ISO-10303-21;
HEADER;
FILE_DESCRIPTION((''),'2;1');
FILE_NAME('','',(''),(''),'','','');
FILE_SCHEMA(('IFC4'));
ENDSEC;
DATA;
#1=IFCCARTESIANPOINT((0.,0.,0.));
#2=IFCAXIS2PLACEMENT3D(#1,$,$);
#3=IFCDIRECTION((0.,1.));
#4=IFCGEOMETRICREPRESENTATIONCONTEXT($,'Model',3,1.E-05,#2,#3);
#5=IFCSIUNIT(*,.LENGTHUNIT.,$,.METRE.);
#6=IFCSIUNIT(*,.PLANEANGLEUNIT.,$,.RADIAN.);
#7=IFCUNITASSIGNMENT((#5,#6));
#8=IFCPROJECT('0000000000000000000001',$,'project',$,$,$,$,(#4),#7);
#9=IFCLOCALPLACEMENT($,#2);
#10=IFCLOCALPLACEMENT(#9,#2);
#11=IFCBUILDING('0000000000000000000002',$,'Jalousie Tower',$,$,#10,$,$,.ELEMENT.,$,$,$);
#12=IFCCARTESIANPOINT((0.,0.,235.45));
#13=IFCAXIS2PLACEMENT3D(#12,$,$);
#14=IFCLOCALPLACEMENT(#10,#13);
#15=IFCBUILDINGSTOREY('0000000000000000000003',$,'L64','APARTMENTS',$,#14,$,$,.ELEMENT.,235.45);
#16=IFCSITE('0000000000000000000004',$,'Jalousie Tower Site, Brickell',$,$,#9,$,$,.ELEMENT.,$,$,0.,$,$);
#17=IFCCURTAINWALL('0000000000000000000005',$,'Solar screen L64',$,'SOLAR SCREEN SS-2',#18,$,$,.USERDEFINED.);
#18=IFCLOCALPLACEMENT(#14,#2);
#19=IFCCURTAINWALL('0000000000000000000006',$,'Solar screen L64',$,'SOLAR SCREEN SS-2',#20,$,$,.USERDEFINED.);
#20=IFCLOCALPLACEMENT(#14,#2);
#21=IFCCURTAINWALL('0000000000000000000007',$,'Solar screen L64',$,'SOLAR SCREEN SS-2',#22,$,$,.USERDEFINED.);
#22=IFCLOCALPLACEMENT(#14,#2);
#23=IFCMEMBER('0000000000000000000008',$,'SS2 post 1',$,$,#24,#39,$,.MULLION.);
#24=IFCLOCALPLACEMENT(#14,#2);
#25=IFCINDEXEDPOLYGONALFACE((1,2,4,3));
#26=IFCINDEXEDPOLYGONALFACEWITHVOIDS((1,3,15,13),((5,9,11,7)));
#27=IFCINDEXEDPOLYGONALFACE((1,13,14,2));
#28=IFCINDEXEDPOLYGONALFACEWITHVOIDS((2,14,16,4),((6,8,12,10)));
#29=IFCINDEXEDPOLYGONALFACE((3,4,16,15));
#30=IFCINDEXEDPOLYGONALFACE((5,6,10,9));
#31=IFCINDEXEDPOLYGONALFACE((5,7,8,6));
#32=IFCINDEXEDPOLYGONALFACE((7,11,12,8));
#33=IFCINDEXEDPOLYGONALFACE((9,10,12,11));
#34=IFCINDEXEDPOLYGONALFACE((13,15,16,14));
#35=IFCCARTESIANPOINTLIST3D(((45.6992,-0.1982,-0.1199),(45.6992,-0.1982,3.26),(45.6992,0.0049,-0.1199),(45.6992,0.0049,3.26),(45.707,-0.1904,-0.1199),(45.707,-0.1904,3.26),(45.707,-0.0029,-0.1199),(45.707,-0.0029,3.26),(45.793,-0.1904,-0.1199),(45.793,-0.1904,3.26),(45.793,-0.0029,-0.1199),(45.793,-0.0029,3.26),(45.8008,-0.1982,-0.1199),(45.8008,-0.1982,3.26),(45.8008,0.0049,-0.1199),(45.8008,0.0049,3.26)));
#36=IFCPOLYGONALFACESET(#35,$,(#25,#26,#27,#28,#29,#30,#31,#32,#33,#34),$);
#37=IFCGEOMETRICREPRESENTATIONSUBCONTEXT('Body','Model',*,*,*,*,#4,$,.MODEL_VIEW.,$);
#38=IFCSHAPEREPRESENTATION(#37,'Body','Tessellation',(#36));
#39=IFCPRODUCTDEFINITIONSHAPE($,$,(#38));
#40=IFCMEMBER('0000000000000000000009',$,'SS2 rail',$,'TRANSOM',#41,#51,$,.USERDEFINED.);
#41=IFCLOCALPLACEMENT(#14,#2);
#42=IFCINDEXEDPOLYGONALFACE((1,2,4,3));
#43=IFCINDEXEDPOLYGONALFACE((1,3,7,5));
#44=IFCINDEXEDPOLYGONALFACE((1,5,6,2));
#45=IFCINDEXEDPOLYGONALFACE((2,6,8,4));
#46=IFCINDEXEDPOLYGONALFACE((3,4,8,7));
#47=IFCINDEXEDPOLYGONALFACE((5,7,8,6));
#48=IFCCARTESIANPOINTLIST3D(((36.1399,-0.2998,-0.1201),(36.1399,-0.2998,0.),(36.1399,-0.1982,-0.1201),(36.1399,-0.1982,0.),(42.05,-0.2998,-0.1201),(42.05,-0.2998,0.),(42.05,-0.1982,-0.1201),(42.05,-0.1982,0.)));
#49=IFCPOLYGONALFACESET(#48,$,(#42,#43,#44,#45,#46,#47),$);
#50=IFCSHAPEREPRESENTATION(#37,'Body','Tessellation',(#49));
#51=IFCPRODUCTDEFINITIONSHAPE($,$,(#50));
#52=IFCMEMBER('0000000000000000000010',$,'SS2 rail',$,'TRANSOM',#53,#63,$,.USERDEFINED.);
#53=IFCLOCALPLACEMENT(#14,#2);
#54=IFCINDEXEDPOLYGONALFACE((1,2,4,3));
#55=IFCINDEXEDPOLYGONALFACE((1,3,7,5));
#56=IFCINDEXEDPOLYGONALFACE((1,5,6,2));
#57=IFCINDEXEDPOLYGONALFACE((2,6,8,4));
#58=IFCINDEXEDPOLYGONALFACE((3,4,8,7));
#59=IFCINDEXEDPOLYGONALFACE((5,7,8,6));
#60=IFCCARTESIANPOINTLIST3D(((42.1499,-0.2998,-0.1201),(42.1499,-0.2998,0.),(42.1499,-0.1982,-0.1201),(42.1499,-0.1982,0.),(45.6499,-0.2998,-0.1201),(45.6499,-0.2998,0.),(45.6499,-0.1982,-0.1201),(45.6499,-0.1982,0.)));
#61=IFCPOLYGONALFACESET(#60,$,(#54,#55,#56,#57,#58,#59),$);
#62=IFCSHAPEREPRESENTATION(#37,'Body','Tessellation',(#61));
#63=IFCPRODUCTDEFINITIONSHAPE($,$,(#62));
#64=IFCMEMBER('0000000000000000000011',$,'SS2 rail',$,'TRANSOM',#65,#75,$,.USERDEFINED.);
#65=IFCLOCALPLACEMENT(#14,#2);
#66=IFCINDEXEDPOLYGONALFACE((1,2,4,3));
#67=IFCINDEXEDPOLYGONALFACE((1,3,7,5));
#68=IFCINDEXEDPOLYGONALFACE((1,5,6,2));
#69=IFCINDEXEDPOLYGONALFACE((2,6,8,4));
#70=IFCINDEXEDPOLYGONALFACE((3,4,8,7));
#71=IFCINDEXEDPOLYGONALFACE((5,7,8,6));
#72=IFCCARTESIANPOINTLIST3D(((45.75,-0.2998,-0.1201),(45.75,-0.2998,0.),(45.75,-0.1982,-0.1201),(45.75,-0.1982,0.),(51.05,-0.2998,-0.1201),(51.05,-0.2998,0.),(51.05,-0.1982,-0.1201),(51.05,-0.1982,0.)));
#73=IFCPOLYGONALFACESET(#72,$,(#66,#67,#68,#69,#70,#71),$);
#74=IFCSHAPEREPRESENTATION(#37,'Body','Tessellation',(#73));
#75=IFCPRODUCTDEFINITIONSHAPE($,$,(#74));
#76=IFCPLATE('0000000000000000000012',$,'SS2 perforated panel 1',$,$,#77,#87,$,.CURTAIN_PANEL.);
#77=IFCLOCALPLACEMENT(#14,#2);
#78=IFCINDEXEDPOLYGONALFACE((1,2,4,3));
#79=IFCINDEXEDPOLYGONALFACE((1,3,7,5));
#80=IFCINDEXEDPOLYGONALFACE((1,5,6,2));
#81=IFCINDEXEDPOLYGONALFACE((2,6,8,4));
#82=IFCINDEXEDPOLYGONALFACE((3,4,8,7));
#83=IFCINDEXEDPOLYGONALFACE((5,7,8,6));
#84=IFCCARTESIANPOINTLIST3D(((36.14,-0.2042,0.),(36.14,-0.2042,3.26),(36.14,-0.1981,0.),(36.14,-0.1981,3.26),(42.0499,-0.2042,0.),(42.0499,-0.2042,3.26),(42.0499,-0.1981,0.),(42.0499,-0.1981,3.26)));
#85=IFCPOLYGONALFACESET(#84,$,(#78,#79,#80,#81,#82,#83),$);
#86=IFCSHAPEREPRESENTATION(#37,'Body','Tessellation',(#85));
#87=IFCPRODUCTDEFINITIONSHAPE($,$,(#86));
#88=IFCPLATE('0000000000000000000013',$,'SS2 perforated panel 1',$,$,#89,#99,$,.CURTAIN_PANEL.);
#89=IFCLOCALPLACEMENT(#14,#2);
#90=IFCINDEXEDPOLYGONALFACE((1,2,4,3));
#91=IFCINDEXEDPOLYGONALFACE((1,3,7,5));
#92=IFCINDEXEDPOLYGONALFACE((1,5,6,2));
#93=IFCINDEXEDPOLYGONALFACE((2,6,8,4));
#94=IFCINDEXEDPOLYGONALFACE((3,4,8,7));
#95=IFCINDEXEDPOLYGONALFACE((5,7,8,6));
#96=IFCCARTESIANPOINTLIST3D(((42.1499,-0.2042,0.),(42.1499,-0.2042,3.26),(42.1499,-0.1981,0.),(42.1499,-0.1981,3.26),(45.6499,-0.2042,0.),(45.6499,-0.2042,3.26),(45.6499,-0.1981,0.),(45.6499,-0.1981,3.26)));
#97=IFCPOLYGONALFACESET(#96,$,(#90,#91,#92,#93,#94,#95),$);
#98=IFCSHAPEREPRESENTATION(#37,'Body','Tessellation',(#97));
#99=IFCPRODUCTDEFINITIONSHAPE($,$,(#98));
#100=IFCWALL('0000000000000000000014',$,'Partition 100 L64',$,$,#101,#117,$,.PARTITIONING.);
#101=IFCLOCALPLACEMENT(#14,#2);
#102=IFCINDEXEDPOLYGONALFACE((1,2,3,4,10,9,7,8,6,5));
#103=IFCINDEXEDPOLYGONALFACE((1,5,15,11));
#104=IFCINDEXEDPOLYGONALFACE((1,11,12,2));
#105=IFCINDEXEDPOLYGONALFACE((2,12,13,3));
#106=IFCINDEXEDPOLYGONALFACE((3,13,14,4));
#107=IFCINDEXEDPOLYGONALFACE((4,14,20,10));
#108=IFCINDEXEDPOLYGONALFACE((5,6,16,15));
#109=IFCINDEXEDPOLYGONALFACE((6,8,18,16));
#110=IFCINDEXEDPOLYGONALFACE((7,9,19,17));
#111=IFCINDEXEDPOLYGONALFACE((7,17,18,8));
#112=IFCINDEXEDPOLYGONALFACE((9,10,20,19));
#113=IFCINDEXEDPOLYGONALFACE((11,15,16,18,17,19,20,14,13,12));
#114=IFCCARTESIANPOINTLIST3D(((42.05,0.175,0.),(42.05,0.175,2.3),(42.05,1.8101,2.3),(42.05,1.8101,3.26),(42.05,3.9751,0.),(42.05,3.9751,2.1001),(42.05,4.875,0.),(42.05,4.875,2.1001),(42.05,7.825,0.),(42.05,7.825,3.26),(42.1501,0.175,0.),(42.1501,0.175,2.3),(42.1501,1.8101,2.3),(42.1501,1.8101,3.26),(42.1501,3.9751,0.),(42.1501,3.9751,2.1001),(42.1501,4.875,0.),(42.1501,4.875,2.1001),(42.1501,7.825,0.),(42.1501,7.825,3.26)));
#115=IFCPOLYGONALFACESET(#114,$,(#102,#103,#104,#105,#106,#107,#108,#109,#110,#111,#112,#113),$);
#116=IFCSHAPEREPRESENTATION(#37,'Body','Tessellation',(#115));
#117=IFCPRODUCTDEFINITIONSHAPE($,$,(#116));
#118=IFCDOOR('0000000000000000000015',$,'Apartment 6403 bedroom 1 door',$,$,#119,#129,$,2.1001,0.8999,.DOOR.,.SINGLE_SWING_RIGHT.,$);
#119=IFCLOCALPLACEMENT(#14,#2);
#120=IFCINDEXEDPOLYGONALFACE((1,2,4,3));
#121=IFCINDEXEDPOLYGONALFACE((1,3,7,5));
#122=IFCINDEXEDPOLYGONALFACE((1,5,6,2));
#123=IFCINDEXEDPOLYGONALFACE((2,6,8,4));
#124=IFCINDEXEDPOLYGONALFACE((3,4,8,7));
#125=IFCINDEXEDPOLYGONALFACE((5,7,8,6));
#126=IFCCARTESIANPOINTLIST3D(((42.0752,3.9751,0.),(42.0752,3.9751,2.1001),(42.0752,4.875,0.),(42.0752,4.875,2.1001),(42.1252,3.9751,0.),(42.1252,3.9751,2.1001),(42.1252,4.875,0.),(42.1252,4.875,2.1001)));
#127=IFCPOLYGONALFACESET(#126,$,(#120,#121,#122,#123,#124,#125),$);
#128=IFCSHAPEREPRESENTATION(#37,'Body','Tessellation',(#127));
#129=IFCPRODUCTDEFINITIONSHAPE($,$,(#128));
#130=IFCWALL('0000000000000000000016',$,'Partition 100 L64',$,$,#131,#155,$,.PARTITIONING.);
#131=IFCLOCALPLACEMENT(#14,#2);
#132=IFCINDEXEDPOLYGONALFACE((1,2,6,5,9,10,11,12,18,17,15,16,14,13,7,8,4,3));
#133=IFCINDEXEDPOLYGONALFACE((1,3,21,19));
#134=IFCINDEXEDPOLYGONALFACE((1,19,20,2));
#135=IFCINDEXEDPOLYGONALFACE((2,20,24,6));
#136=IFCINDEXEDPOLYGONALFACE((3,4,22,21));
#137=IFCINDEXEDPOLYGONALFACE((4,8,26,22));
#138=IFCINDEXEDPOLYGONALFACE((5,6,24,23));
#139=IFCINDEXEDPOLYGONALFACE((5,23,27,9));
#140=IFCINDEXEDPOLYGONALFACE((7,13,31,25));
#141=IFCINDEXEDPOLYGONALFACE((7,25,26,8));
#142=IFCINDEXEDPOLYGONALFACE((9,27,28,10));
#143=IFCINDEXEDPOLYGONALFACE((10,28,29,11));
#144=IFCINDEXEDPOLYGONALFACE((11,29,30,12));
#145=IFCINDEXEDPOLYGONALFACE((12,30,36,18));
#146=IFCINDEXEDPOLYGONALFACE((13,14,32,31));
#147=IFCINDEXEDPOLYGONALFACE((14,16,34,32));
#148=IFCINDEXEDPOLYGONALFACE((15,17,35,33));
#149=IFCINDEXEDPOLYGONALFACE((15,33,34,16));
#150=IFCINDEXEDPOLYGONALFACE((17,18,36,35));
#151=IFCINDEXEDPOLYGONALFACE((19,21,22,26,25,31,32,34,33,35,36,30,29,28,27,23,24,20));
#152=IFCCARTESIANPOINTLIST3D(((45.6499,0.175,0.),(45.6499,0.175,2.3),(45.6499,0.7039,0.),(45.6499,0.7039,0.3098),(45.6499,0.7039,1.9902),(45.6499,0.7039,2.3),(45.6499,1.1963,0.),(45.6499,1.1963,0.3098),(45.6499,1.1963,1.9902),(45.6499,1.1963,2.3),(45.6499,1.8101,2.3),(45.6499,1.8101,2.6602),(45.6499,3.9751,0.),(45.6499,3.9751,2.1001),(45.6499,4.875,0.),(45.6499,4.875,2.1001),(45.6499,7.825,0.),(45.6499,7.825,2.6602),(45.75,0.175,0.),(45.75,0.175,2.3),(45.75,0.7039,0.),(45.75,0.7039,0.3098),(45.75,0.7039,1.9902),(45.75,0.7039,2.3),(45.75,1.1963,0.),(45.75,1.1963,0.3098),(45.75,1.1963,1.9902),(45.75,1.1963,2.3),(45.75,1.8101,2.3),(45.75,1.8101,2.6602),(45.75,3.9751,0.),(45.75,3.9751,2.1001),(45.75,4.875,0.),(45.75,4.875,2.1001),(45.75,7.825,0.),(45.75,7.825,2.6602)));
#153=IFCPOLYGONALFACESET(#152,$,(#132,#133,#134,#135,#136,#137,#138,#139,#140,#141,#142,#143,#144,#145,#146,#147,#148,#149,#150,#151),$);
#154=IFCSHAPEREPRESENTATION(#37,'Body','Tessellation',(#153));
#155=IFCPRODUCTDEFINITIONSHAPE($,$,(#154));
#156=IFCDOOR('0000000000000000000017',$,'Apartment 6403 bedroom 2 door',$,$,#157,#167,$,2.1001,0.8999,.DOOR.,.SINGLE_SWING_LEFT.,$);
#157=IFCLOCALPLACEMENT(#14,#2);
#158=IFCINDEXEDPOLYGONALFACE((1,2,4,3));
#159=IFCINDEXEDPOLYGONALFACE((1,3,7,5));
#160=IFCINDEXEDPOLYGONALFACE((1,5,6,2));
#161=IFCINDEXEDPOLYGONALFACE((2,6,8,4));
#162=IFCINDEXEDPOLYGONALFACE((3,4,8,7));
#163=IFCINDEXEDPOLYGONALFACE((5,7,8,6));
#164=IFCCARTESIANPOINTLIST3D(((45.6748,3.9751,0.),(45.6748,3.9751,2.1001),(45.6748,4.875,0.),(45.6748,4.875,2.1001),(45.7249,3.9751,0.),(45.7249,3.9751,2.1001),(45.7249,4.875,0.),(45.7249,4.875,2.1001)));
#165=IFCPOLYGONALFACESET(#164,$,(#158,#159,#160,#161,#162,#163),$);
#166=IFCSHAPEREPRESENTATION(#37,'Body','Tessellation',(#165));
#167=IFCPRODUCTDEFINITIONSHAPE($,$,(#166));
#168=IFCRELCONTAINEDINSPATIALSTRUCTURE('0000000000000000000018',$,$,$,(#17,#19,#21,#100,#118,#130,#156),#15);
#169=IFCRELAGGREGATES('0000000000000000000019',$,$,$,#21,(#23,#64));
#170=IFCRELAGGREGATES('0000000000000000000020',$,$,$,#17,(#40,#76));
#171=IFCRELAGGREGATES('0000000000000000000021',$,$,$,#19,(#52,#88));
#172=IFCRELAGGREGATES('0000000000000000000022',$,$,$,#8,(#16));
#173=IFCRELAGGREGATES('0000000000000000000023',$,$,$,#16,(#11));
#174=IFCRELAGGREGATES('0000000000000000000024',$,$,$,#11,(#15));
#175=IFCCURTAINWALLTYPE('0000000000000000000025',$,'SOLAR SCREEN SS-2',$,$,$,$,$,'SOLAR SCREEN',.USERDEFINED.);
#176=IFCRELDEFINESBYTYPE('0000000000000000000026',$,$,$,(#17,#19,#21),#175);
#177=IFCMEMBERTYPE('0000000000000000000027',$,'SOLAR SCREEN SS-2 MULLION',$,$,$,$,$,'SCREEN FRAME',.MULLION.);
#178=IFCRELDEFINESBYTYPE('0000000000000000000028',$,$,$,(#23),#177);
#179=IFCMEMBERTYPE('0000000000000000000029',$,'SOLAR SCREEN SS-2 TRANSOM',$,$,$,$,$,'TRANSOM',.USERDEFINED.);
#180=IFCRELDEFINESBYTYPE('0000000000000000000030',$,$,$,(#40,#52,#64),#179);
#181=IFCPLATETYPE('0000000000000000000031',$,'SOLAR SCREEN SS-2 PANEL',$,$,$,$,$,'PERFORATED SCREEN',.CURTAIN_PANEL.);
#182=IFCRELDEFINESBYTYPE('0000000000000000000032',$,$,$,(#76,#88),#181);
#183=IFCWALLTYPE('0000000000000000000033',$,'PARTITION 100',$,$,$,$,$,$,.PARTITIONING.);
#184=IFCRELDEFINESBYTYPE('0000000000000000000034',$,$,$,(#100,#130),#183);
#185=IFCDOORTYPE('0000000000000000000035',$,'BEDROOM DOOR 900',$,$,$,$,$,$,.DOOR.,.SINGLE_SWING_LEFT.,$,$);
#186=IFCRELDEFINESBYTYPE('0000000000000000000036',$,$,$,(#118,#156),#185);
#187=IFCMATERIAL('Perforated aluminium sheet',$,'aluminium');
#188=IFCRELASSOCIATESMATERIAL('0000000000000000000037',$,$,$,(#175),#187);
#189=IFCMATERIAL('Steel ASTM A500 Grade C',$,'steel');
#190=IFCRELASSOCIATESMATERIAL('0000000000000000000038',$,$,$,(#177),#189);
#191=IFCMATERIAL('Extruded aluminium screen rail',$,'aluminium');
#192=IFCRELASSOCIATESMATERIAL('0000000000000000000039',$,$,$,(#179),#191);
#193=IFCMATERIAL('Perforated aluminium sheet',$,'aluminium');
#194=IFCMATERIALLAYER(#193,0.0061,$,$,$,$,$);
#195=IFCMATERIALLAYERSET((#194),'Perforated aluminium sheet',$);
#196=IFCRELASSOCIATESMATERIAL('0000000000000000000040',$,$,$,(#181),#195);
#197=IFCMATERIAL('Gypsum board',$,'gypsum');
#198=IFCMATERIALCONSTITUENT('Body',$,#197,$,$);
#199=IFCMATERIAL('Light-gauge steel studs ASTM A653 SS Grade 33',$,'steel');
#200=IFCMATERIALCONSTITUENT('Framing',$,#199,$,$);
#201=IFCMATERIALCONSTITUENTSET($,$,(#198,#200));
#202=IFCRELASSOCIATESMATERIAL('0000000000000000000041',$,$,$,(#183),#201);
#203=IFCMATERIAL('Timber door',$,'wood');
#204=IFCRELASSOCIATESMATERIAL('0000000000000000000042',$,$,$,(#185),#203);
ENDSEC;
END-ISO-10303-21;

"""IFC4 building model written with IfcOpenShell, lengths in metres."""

from ifc_helpers import new_model, si_unit, direction, frame, frame_2d, origin, origin_2d, place, context, subcontext, project, spatial, polyline, rectangle, hollow_rectangle, outline, extrude, material, layer, layer_set, constituent, constituent_set, material_profile, profile_set, type_object, element, fill, aggregate, save


model = new_model("IFC4")

# Units and contexts
model_context = context("Model", 3, precision=1e-05, world=origin(), true_north=direction((0.0, 1.0)))
body_context = subcontext(model_context, "Body", "Model", "MODEL_VIEW")
ifc_project = project(units=[si_unit("LENGTHUNIT", "METRE"), si_unit("PLANEANGLEUNIT", "RADIAN")], contexts=[model_context])

# Site, building, storey
site_placement = place(None, origin())
site = spatial("IfcSite", under=ifc_project, at=site_placement, Name="Jalousie Tower Site, Brickell", CompositionType="ELEMENT", RefElevation=0.0)
building_placement = place(site_placement, origin())
building = spatial("IfcBuilding", under=site, at=building_placement, Name="Jalousie Tower", CompositionType="ELEMENT")
storey_placement = place(building_placement, frame((0.0, 0.0, 235.45)))
storey = spatial("IfcBuildingStorey", under=building, at=storey_placement, Name="L64", Description="APARTMENTS", CompositionType="ELEMENT", Elevation=235.45)

# Curtain walls
ifc_material_1 = material(Name="Perforated aluminium sheet", Category="aluminium")
curtain_wall_type = type_object("IfcCurtainWallType", Name="SOLAR SCREEN SS-2", ElementType="SOLAR SCREEN", PredefinedType="USERDEFINED", material=ifc_material_1)
curtain_wall_1_placement = place(storey_placement, origin())
curtain_wall_1 = element("IfcCurtainWall", 1, at=curtain_wall_1_placement, inside=storey, type_object=curtain_wall_type, Name="Solar screen L64", ObjectType="SOLAR SCREEN SS-2", PredefinedType="USERDEFINED")
ifc_material_2 = material(Name="Steel ASTM A500 Grade C", Category="steel")
ifc_material_profile_1 = material_profile(ifc_material_2, hollow_rectangle(XDim=0.1016, YDim=0.2031, WallThickness=0.0078, at=origin_2d()), Name="HSS8X4X5/16")
ifc_profile_set_1 = profile_set([ifc_material_profile_1], Name="Steel ASTM A500 Grade C")
member_type_1 = type_object("IfcMemberType", Name="SOLAR SCREEN SS-2 MULLION", ElementType="SCREEN FRAME", PredefinedType="MULLION", material=ifc_profile_set_1)
curtain_wall_2_placement = place(storey_placement, origin())
curtain_wall_2 = element("IfcCurtainWall", 2, at=curtain_wall_2_placement, inside=storey, type_object=curtain_wall_type, Name="Solar screen L64", ObjectType="SOLAR SCREEN SS-2", PredefinedType="USERDEFINED")

# Curtain wall, member
curtain_wall_3_placement = place(storey_placement, origin())
curtain_wall_3 = element("IfcCurtainWall", 3, at=curtain_wall_3_placement, inside=storey, type_object=curtain_wall_type, Name="Solar screen L64", ObjectType="SOLAR SCREEN SS-2", PredefinedType="USERDEFINED")
member_1_placement = place(storey_placement, frame((45.75, -0.0967, -0.1199), z_axis=(0.0, 0.0, 1.0), x_axis=(1.0, 0.0, 0.0)))
member_1 = element("IfcMember", 4, at=member_1_placement, type_object=member_type_1, Name="SS2 post 1", PredefinedType="MULLION", context=body_context, shape_type="SweptSolid", body=[
    extrude(hollow_rectangle(XDim=0.1016, YDim=0.2031, WallThickness=0.0078, at=origin_2d()), origin(), (0.0, 0.0, 1.0), 3.3799),
])

# Members
ifc_material_3 = material(Name="Extruded aluminium screen rail", Category="aluminium")
ifc_material_profile_2 = material_profile(ifc_material_3, rectangle(XDim=0.1016, YDim=0.1201, at=origin_2d()), Name="RAIL 102x120")
ifc_profile_set_2 = profile_set([ifc_material_profile_2], Name="Extruded aluminium screen rail")
member_type_2 = type_object("IfcMemberType", Name="SOLAR SCREEN SS-2 TRANSOM", ElementType="TRANSOM", PredefinedType="USERDEFINED", material=ifc_profile_set_2)
member_2_placement = place(storey_placement, frame((36.1399, -0.249, -0.0601), z_axis=(1.0, 0.0, 0.0), x_axis=(0.0, 1.0, 0.0)))
member_2 = element("IfcMember", 5, at=member_2_placement, type_object=member_type_2, Name="SS2 rail", ObjectType="TRANSOM", PredefinedType="USERDEFINED", context=body_context, shape_type="SweptSolid", body=[
    extrude(rectangle(XDim=0.1016, YDim=0.1201, at=origin_2d()), origin(), (0.0, 0.0, 1.0), 5.9102),
])
member_3_placement = place(storey_placement, frame((42.1499, -0.249, -0.0601), z_axis=(1.0, 0.0, 0.0), x_axis=(0.0, 1.0, 0.0)))
member_3 = element("IfcMember", 6, at=member_3_placement, type_object=member_type_2, Name="SS2 rail", ObjectType="TRANSOM", PredefinedType="USERDEFINED", context=body_context, shape_type="SweptSolid", body=[
    extrude(rectangle(XDim=0.1016, YDim=0.1201, at=origin_2d()), origin(), (0.0, 0.0, 1.0), 3.5),
])
member_4_placement = place(storey_placement, frame((45.75, -0.249, -0.0601), z_axis=(1.0, 0.0, 0.0), x_axis=(0.0, 1.0, 0.0)))
member_4 = element("IfcMember", 7, at=member_4_placement, type_object=member_type_2, Name="SS2 rail", ObjectType="TRANSOM", PredefinedType="USERDEFINED", context=body_context, shape_type="SweptSolid", body=[
    extrude(rectangle(XDim=0.1016, YDim=0.1201, at=origin_2d()), origin(), (0.0, 0.0, 1.0), 5.3),
])
aggregate(curtain_wall_3, [member_1, member_4])

# Plates
ifc_material_4 = material(Name="Perforated aluminium sheet", Category="aluminium")
ifc_layer = layer(ifc_material_4, 0.0061)
ifc_layer_set = layer_set([ifc_layer], Name="Perforated aluminium sheet")
plate_type = type_object("IfcPlateType", Name="SOLAR SCREEN SS-2 PANEL", ElementType="PERFORATED SCREEN", PredefinedType="CURTAIN_PANEL", material=ifc_layer_set)
plate_1_placement = place(storey_placement, frame((39.095, -0.2012, 0.0), z_axis=(0.0, 0.0, 1.0), x_axis=(1.0, 0.0, 0.0)))
plate_1 = element("IfcPlate", 8, at=plate_1_placement, type_object=plate_type, Name="SS2 perforated panel 1", PredefinedType="CURTAIN_PANEL", context=body_context, shape_type="SweptSolid", body=[
    extrude(rectangle(XDim=5.9099, YDim=0.0061, at=origin_2d()), origin(), (0.0, 0.0, 1.0), 3.26),
])
aggregate(curtain_wall_1, [member_2, plate_1])
plate_2_placement = place(storey_placement, frame((43.8999, -0.2012, 0.0), z_axis=(0.0, 0.0, 1.0), x_axis=(1.0, 0.0, 0.0)))
plate_2 = element("IfcPlate", 9, at=plate_2_placement, type_object=plate_type, Name="SS2 perforated panel 1", PredefinedType="CURTAIN_PANEL", context=body_context, shape_type="SweptSolid", body=[
    extrude(rectangle(XDim=3.5, YDim=0.0061, at=origin_2d()), origin(), (0.0, 0.0, 1.0), 3.26),
])
aggregate(curtain_wall_2, [member_3, plate_2])

# Walls, openings, doors
ifc_material_5 = material(Name="Gypsum board", Category="gypsum")
ifc_constituent_1 = constituent(ifc_material_5, Name="Body")
ifc_material_6 = material(Name="Light-gauge steel studs ASTM A653 SS Grade 33", Category="steel")
ifc_constituent_2 = constituent(ifc_material_6, Name="Framing")
ifc_constituent_set_1 = constituent_set(constituents=[ifc_constituent_1, ifc_constituent_2])
wall_type_1 = type_object("IfcWallType", Name="PARTITION 100", PredefinedType="PARTITIONING", material=ifc_constituent_set_1)
wall_1_placement = place(storey_placement, frame((42.1001, 0.175, 0.0), z_axis=(0.0, 0.0, 1.0), x_axis=(0.0, 1.0, 0.0)))
wall_1 = element("IfcWall", 10, at=wall_1_placement, inside=storey, type_object=wall_type_1, Name="Partition 100 L64", PredefinedType="PARTITIONING", context=body_context, shape_type="SweptSolid", body=[
    extrude(outline(polyline([(0.0, 0.0), (7.6499, 0.0), (7.6499, 3.26), (1.635, 3.26), (1.635, 2.3), (0.0, 2.3), (0.0, 3.26), (0.0, 0.0)])), frame((0.0, 0.05, 0.0), z_axis=(0.0, -1.0, 0.0), x_axis=(1.0, 0.0, 0.0)), (0.0, 0.0, 1.0), 0.1001),
])
opening_1_placement = place(wall_1_placement, frame((3.8, 0.0, 0.0)))
opening_1 = element("IfcOpeningElement", 11, at=opening_1_placement, cuts=wall_1, PredefinedType="OPENING", context=body_context, shape_type="SweptSolid", body=[
    extrude(rectangle(XDim=0.8999, YDim=2.1001, at=frame_2d((0.45, 1.05))), frame((0.0, 0.0601, 0.0), z_axis=(0.0, -1.0, 0.0), x_axis=(1.0, 0.0, 0.0)), (0.0, 0.0, 1.0), 0.1201),
])
ifc_material_7 = material(Name="Timber door", Category="wood")
door_type = type_object("IfcDoorType", Name="BEDROOM DOOR 900", OperationType="SINGLE_SWING_LEFT", PredefinedType="DOOR", material=ifc_material_7)
door_1_placement = place(opening_1_placement, origin())
door_1 = element("IfcDoor", 12, at=door_1_placement, inside=storey, type_object=door_type, Name="Apartment 6403 bedroom 1 door", OperationType="SINGLE_SWING_RIGHT", OverallHeight=2.1001, OverallWidth=0.8999, PredefinedType="DOOR", context=body_context, shape_type="SweptSolid", body=[
    extrude(rectangle(XDim=0.8999, YDim=2.1001, at=frame_2d((0.45, 1.05))), frame((0.0, 0.0249, 0.0), z_axis=(0.0, -1.0, 0.0), x_axis=(1.0, 0.0, 0.0)), (0.0, 0.0, 1.0), 0.05),
])
fill(opening_1, door_1)
wall_2_placement = place(storey_placement, frame((45.7, 0.175, 0.0), z_axis=(0.0, 0.0, 1.0), x_axis=(0.0, 1.0, 0.0)))
wall_2 = element("IfcWall", 13, at=wall_2_placement, inside=storey, type_object=wall_type_1, Name="Partition 100 L64", PredefinedType="PARTITIONING", context=body_context, shape_type="SweptSolid", body=[
    extrude(outline(polyline([(0.5288, 2.3), (0.0, 2.3), (0.0, 0.0), (0.5288, 0.0), (0.5288, 0.3098), (1.0212, 0.3098), (1.0212, 0.0), (7.6499, 0.0), (7.6499, 2.6602), (1.635, 2.6602), (1.635, 2.3), (1.0212, 2.3), (1.0212, 1.9902), (0.5288, 1.9902), (0.5288, 2.3)])), frame((0.0, 0.05, 0.0), z_axis=(0.0, -1.0, 0.0), x_axis=(1.0, 0.0, 0.0)), (0.0, 0.0, 1.0), 0.1001),
])
opening_2_placement = place(wall_2_placement, frame((3.8, 0.0, 0.0)))
opening_2 = element("IfcOpeningElement", 14, at=opening_2_placement, cuts=wall_2, PredefinedType="OPENING", context=body_context, shape_type="SweptSolid", body=[
    extrude(rectangle(XDim=0.8999, YDim=2.1001, at=frame_2d((0.45, 1.05))), frame((0.0, 0.0601, 0.0), z_axis=(0.0, -1.0, 0.0), x_axis=(1.0, 0.0, 0.0)), (0.0, 0.0, 1.0), 0.1201),
])
door_2_placement = place(opening_2_placement, frame((0.8999, 0.0, 0.0), z_axis=(0.0, 0.0, 1.0), x_axis=(-1.0, 0.0, 0.0)))
door_2 = element("IfcDoor", 15, at=door_2_placement, inside=storey, type_object=door_type, Name="Apartment 6403 bedroom 2 door", OperationType="SINGLE_SWING_LEFT", OverallHeight=2.1001, OverallWidth=0.8999, PredefinedType="DOOR", context=body_context, shape_type="SweptSolid", body=[
    extrude(rectangle(XDim=0.8999, YDim=2.1001, at=frame_2d((0.45, 1.05))), frame((0.0, 0.0249, 0.0), z_axis=(0.0, -1.0, 0.0), x_axis=(1.0, 0.0, 0.0)), (0.0, 0.0, 1.0), 0.05),
])
fill(opening_2, door_2)

save(model, "model.ifc")
